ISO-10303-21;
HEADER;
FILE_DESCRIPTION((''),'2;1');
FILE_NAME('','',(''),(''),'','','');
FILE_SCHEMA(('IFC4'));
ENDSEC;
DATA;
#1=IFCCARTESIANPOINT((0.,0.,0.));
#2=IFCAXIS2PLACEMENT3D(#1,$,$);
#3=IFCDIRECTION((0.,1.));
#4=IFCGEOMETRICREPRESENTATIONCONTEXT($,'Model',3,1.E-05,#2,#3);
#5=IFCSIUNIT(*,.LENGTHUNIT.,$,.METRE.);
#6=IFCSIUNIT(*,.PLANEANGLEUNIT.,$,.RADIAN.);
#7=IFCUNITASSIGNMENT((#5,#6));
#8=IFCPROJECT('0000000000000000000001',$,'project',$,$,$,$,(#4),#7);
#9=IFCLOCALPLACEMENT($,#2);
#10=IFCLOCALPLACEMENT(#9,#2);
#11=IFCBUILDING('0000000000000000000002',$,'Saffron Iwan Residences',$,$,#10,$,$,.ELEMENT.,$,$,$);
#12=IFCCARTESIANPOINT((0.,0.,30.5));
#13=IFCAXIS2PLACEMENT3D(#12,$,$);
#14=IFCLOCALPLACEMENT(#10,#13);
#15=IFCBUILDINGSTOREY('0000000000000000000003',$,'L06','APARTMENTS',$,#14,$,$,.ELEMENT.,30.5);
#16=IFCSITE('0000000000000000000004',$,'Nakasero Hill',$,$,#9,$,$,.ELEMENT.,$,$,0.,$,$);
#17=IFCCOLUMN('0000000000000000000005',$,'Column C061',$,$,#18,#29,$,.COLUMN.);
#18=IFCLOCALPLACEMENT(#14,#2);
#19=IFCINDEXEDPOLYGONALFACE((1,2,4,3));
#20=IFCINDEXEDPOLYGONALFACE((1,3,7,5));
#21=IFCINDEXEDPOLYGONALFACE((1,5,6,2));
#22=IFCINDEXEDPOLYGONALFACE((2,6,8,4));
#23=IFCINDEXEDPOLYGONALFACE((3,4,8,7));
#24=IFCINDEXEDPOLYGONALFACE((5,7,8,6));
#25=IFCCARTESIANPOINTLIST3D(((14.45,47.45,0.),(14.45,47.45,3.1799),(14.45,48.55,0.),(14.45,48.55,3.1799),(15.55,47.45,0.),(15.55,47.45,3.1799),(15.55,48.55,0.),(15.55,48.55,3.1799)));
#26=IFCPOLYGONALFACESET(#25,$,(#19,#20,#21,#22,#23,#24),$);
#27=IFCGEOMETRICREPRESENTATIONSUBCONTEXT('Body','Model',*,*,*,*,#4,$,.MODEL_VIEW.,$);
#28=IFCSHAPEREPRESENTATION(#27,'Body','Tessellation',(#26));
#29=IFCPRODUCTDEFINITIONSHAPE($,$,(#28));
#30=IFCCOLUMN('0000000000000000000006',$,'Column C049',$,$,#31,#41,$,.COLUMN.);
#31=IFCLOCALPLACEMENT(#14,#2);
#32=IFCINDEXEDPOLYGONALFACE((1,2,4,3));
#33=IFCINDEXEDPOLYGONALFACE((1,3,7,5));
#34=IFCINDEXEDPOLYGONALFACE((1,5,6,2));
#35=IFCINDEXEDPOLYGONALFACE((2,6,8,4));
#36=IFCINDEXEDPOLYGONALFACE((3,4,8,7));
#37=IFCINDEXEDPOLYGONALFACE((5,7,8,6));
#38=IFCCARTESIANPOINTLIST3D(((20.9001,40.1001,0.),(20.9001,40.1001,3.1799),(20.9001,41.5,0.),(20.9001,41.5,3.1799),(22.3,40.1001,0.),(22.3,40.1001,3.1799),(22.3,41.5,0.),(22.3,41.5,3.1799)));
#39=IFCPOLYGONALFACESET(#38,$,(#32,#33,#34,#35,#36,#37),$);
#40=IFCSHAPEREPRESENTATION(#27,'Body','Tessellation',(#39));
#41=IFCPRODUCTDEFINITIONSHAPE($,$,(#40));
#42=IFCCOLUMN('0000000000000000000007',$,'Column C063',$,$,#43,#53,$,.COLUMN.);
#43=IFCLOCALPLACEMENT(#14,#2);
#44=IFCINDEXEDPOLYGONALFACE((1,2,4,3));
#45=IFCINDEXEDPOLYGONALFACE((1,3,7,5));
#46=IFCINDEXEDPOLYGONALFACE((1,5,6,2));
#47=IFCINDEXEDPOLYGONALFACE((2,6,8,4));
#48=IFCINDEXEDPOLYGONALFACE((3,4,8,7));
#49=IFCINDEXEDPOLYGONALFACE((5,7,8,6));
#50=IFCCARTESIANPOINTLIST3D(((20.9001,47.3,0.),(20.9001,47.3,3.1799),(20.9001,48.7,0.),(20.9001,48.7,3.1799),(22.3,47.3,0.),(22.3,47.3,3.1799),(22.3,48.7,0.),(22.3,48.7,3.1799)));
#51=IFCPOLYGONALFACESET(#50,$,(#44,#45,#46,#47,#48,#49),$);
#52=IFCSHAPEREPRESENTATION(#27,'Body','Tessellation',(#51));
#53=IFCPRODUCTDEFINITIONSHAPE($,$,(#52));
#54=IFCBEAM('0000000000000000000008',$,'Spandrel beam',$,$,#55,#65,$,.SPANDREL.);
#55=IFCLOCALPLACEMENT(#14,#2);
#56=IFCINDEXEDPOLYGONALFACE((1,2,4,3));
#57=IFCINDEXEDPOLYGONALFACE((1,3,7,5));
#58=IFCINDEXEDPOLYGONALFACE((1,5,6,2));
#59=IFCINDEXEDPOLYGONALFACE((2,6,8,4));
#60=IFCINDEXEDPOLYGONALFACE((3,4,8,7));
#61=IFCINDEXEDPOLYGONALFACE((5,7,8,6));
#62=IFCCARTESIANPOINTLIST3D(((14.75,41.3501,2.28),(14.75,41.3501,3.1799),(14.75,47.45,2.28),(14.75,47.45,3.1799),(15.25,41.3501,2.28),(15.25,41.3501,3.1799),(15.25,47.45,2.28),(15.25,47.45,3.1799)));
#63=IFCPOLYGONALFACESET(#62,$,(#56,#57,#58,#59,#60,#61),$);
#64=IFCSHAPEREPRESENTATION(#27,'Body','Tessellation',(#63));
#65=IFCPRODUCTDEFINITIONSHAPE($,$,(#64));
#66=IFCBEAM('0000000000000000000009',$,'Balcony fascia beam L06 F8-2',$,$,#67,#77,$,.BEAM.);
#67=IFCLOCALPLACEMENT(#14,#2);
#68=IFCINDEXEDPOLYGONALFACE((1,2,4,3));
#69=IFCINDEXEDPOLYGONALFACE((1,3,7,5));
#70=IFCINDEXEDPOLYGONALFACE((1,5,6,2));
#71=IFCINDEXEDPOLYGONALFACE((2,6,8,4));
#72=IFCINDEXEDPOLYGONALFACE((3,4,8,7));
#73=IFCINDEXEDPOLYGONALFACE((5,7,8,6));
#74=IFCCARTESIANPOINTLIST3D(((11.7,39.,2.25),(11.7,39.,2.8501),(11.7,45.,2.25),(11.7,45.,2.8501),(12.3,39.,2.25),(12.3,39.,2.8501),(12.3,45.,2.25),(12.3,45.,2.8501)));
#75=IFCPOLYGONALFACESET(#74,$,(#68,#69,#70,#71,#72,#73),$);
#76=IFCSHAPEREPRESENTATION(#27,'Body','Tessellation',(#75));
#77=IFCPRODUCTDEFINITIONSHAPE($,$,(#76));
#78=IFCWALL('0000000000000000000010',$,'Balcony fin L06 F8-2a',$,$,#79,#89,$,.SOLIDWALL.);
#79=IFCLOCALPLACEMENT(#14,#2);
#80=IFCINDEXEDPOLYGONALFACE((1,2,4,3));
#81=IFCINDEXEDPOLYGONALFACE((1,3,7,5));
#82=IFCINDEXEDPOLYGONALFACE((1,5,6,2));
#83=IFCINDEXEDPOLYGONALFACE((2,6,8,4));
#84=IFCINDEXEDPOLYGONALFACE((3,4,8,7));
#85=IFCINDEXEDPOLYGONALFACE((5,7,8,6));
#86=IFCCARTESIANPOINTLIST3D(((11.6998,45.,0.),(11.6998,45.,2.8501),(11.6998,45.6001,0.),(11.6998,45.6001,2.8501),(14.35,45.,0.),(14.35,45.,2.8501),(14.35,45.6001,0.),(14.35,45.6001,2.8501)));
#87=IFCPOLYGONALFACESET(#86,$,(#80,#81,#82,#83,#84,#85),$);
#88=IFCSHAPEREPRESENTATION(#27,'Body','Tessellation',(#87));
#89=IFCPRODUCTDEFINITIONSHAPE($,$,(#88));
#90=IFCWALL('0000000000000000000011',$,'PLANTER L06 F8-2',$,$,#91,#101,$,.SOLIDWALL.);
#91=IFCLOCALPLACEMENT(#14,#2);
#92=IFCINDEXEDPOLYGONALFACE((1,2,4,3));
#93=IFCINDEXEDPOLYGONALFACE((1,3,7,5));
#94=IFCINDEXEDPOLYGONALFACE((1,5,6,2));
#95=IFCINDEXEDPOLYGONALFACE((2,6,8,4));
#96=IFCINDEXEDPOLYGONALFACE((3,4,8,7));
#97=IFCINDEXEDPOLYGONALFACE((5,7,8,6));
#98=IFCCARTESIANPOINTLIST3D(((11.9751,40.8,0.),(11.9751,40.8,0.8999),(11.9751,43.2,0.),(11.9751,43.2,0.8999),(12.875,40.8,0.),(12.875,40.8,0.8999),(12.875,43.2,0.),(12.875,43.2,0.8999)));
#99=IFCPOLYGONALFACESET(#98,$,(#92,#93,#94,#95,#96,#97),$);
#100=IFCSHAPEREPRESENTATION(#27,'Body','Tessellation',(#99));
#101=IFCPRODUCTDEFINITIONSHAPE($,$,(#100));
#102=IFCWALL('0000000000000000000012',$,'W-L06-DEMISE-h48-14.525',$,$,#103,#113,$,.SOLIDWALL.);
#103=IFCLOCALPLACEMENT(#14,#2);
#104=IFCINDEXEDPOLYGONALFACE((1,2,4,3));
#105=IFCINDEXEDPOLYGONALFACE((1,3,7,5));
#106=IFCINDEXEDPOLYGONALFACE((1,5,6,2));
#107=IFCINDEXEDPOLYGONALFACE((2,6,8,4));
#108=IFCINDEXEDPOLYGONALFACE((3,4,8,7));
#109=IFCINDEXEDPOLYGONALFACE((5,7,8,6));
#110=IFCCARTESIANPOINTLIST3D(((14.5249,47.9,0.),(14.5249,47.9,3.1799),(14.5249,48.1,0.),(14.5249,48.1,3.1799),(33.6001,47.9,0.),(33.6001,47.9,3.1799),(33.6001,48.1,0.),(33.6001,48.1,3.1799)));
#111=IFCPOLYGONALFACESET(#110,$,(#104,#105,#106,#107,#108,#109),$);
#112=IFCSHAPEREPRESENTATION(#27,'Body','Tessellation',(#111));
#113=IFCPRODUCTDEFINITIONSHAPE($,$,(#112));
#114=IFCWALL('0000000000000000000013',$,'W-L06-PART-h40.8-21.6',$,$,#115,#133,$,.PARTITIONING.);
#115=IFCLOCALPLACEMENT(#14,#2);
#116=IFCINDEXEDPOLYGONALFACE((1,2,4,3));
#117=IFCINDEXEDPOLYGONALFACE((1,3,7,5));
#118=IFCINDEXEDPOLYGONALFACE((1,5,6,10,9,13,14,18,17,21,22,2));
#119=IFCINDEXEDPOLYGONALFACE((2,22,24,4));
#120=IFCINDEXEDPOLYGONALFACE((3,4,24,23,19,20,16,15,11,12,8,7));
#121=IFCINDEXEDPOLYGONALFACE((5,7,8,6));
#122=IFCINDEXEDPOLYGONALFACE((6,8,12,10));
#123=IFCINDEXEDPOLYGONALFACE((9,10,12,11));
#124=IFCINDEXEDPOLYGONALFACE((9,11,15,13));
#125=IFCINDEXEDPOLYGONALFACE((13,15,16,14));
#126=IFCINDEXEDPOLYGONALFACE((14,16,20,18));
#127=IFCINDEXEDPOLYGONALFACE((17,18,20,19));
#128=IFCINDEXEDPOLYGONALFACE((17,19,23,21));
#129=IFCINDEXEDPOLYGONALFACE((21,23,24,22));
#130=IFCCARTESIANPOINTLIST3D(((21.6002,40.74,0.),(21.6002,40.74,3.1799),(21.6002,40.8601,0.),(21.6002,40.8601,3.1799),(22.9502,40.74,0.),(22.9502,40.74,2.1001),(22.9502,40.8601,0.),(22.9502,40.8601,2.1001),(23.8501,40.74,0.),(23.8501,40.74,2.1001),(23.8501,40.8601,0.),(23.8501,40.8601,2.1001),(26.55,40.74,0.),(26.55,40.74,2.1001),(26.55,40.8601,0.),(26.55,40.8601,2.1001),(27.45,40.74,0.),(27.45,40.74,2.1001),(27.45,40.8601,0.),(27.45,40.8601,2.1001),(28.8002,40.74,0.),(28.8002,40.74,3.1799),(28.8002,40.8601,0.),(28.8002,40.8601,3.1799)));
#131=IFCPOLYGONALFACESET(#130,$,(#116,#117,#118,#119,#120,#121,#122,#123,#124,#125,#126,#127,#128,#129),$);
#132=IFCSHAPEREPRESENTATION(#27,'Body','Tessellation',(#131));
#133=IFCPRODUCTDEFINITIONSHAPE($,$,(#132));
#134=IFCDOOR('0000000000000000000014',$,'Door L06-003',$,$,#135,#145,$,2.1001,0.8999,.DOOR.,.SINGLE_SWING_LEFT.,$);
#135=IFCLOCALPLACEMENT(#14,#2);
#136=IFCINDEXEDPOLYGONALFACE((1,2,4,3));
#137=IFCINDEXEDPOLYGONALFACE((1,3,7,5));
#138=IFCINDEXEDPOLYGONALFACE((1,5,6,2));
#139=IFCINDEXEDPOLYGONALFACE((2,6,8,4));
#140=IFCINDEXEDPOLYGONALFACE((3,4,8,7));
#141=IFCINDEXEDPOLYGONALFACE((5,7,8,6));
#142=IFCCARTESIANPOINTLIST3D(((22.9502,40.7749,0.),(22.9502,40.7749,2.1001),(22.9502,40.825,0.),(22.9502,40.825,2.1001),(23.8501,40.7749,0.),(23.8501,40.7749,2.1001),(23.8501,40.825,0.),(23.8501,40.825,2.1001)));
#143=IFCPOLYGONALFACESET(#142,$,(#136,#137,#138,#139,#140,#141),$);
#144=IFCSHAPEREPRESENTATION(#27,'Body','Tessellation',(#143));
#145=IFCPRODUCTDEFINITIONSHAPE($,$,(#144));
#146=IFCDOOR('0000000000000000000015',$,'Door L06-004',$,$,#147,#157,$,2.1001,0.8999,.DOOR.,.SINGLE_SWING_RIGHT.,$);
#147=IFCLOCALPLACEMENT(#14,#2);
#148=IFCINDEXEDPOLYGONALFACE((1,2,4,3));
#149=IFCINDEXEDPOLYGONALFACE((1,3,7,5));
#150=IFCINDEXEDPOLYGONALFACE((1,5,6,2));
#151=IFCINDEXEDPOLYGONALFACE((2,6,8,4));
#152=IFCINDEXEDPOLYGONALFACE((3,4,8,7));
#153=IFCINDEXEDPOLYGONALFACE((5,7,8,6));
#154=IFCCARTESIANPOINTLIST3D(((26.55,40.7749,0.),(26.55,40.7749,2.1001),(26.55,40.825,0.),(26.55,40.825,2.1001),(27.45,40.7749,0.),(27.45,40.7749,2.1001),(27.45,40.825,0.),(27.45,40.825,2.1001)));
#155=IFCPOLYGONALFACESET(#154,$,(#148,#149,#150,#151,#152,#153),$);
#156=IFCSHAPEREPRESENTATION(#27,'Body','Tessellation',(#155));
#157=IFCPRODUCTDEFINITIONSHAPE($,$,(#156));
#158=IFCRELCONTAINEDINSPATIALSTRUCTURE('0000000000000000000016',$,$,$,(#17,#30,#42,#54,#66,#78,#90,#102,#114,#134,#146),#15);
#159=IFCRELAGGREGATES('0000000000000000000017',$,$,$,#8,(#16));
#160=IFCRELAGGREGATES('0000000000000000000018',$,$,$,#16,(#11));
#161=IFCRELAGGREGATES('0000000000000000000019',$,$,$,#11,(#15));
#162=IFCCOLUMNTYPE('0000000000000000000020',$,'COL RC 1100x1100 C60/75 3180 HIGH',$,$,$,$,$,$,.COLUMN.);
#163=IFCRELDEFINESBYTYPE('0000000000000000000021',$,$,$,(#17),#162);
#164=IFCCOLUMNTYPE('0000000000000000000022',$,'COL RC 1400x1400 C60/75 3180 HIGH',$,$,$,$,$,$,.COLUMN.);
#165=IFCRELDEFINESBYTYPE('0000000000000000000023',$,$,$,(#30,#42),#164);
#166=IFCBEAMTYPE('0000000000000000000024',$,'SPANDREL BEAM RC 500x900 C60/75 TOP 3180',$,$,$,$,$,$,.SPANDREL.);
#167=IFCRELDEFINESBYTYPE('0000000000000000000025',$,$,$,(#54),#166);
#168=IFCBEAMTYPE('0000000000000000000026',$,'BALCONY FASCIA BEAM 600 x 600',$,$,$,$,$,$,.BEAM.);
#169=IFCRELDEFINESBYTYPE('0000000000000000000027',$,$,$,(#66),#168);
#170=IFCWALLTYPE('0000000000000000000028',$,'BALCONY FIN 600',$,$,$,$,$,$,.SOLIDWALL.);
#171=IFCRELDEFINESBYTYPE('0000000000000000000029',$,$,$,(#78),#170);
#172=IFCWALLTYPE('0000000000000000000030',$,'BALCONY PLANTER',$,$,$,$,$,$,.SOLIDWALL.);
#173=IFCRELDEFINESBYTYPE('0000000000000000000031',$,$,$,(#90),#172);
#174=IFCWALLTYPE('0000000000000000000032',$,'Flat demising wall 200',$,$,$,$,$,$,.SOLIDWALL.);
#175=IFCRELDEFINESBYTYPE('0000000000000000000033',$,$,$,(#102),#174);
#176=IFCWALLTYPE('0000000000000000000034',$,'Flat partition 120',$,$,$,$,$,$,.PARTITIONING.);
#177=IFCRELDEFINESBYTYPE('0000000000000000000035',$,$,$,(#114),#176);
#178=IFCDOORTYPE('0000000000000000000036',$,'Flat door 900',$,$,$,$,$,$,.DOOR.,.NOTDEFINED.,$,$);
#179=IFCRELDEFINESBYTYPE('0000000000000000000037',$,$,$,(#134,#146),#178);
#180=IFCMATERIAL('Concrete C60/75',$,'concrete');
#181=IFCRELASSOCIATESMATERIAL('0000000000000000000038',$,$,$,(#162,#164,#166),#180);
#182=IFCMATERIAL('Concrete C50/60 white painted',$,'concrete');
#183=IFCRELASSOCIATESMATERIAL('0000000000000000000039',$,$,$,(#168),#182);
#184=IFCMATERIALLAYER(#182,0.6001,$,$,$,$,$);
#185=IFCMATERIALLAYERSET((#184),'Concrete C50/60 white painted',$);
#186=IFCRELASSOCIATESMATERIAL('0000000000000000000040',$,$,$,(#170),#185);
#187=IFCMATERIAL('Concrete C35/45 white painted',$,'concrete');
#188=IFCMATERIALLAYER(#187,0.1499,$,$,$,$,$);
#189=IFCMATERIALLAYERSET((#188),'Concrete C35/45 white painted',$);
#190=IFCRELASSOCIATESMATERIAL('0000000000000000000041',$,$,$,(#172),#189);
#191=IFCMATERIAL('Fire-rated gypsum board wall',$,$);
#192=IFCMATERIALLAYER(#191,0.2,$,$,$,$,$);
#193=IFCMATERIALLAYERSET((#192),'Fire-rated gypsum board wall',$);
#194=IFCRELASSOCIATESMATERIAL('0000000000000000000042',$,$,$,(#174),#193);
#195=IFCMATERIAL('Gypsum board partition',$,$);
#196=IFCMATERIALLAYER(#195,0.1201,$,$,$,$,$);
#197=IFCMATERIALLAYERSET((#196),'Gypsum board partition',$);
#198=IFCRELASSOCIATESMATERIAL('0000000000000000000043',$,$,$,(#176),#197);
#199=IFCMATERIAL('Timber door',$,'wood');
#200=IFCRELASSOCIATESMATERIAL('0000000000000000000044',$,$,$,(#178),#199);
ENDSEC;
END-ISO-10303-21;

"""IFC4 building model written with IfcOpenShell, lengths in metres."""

from ifc_helpers import new_model, si_unit, direction, frame, frame_2d, origin, origin_2d, place, context, subcontext, project, spatial, rectangle, extrude, source, transform, mapped, material, layer, layer_set, material_profile, profile_set, type_object, element, fill, save


model = new_model("IFC4")

# Units and contexts
model_context = context("Model", 3, precision=1e-05, world=origin(), true_north=direction((0.0, 1.0)))
body_context = subcontext(model_context, "Body", "Model", "MODEL_VIEW")
ifc_project = project(units=[si_unit("LENGTHUNIT", "METRE"), si_unit("PLANEANGLEUNIT", "RADIAN")], contexts=[model_context])

# Site, building, storey
site_placement = place(None, origin())
site = spatial("IfcSite", under=ifc_project, at=site_placement, Name="Nakasero Hill", CompositionType="ELEMENT", RefElevation=0.0)
building_placement = place(site_placement, origin())
building = spatial("IfcBuilding", under=site, at=building_placement, Name="Saffron Iwan Residences", CompositionType="ELEMENT")
storey_placement = place(building_placement, frame((0.0, 0.0, 30.5)))
storey = spatial("IfcBuildingStorey", under=building, at=storey_placement, Name="L06", Description="APARTMENTS", CompositionType="ELEMENT", Elevation=30.5)

# Columns
ifc_material_1 = material(Name="Concrete C60/75", Category="concrete")
ifc_material_profile_1 = material_profile(ifc_material_1, rectangle(XDim=1.1001, YDim=1.1001, at=origin_2d()), Name="RC 1100x1100")
ifc_profile_set_1 = profile_set([ifc_material_profile_1], Name="Concrete C60/75")
column_type_1 = type_object("IfcColumnType", Name="COL RC 1100x1100 C60/75 3180 HIGH", PredefinedType="COLUMN", material=ifc_profile_set_1)
shared_shape_1 = source(origin(), body_context, "Body", "SweptSolid", [
    extrude(rectangle(XDim=1.1001, YDim=1.1001, at=origin_2d()), origin(), (0.0, 0.0, 1.0), 3.1799),
])
column_placement = place(storey_placement, frame((15.0, 48.0, 0.0), z_axis=(0.0, 0.0, 1.0), x_axis=(1.0, 0.0, 0.0)))
element("IfcColumn", 1, at=column_placement, inside=storey, type_object=column_type_1, Name="Column C061", PredefinedType="COLUMN", context=body_context, shape_type="MappedRepresentation", body=[
    mapped(shared_shape_1, transform((0.0, 0.0, 0.0))),
])
ifc_material_profile_2 = material_profile(ifc_material_1, rectangle(XDim=1.3999, YDim=1.3999, at=origin_2d()), Name="RC 1400x1400")
ifc_profile_set_2 = profile_set([ifc_material_profile_2], Name="Concrete C60/75")
column_type_2 = type_object("IfcColumnType", Name="COL RC 1400x1400 C60/75 3180 HIGH", PredefinedType="COLUMN", material=ifc_profile_set_2)
shared_shape_2 = source(origin(), body_context, "Body", "SweptSolid", [
    extrude(rectangle(XDim=1.3999, YDim=1.3999, at=origin_2d()), origin(), (0.0, 0.0, 1.0), 3.1799),
])
for number, where, z_axis, x_axis, name in (
    (2, (21.6001, 40.8, 0.0), (0.0, 0.0, 1.0), (1.0, 0.0, 0.0), "Column C049"),
    (3, (21.6001, 48.0, 0.0), (0.0, 0.0, 1.0), (1.0, 0.0, 0.0), "Column C063"),
):
    element("IfcColumn", number, at=place(storey_placement, frame(where, z_axis=z_axis, x_axis=x_axis)), inside=storey, type_object=column_type_2, Name=name, PredefinedType="COLUMN", context=body_context, shape_type="MappedRepresentation", body=[
        mapped(shared_shape_2, transform((0.0, 0.0, 0.0))),
    ])

# Beams
ifc_material_profile_3 = material_profile(ifc_material_1, rectangle(XDim=0.5, YDim=0.8999, at=origin_2d()), Name="RC 500x900")
ifc_profile_set_3 = profile_set([ifc_material_profile_3], Name="Concrete C60/75")
beam_type_1 = type_object("IfcBeamType", Name="SPANDREL BEAM RC 500x900 C60/75 TOP 3180", PredefinedType="SPANDREL", material=ifc_profile_set_3)
shared_shape_3 = source(origin(), body_context, "Body", "SweptSolid", [
    extrude(rectangle(XDim=0.5, YDim=0.8999, at=origin_2d()), origin(), (0.0, 0.0, 1.0), 6.0999),
])
beam_1_placement = place(storey_placement, frame((15.0, 41.3501, 2.73), z_axis=(0.0, 1.0, 0.0), x_axis=(-1.0, 0.0, 0.0)))
element("IfcBeam", 4, at=beam_1_placement, inside=storey, type_object=beam_type_1, Name="Spandrel beam", PredefinedType="SPANDREL", context=body_context, shape_type="MappedRepresentation", body=[
    mapped(shared_shape_3, transform((0.0, 0.0, 0.0))),
])
ifc_material_2 = material(Name="Concrete C50/60 white painted", Category="concrete")
ifc_material_profile_4 = material_profile(ifc_material_2, rectangle(XDim=0.6001, YDim=0.6001, at=origin_2d()), Name="BALCONY FASCIA BEAM 600 x 600")
ifc_profile_set_4 = profile_set([ifc_material_profile_4], Name="Concrete C50/60 white painted")
beam_type_2 = type_object("IfcBeamType", Name="BALCONY FASCIA BEAM 600 x 600", PredefinedType="BEAM", material=ifc_profile_set_4)
shared_shape_4 = source(origin(), body_context, "Body", "SweptSolid", [
    extrude(rectangle(XDim=0.6001, YDim=0.6001, at=origin_2d()), origin(), (0.0, 0.0, 1.0), 6.0),
])
beam_2_placement = place(storey_placement, frame((12.0, 45.0, 2.55), z_axis=(0.0, -1.0, 0.0), x_axis=(1.0, 0.0, 0.0)))
element("IfcBeam", 5, at=beam_2_placement, inside=storey, type_object=beam_type_2, Name="Balcony fascia beam L06 F8-2", PredefinedType="BEAM", context=body_context, shape_type="MappedRepresentation", body=[
    mapped(shared_shape_4, transform((0.0, 0.0, 0.0))),
])

# Walls
ifc_layer_1 = layer(ifc_material_2, 0.6001)
ifc_layer_set_1 = layer_set([ifc_layer_1], Name="Concrete C50/60 white painted")
wall_type_1 = type_object("IfcWallType", Name="BALCONY FIN 600", PredefinedType="SOLIDWALL", material=ifc_layer_set_1)
wall_1_placement = place(storey_placement, frame((14.3501, 45.3, 0.0), z_axis=(0.0, 0.0, 1.0), x_axis=(-1.0, 0.0, 0.0)))
element("IfcWall", 6, at=wall_1_placement, inside=storey, type_object=wall_type_1, Name="Balcony fin L06 F8-2a", PredefinedType="SOLIDWALL", context=body_context, shape_type="SweptSolid", body=[
    extrude(rectangle(XDim=2.6501, YDim=0.6001, at=frame_2d((1.3252, 0.0))), origin(), (0.0, 0.0, 1.0), 2.8501),
])
ifc_material_3 = material(Name="Concrete C35/45 white painted", Category="concrete")
ifc_layer_2 = layer(ifc_material_3, 0.1499)
ifc_layer_set_2 = layer_set([ifc_layer_2], Name="Concrete C35/45 white painted")
wall_type_2 = type_object("IfcWallType", Name="BALCONY PLANTER", PredefinedType="SOLIDWALL", material=ifc_layer_set_2)
wall_2_placement = place(storey_placement, frame((12.425, 43.2, 0.0), z_axis=(0.0, 0.0, 1.0), x_axis=(0.0, -1.0, 0.0)))
element("IfcWall", 7, at=wall_2_placement, inside=storey, type_object=wall_type_2, Name="PLANTER L06 F8-2", PredefinedType="SOLIDWALL", context=body_context, shape_type="SweptSolid", body=[
    extrude(rectangle(XDim=2.3999, YDim=0.8999, at=frame_2d((1.2, 0.0))), origin(), (0.0, 0.0, 1.0), 0.8999),
])

# Wall
ifc_material_4 = material(Name="Fire-rated gypsum board wall")
ifc_layer_3 = layer(ifc_material_4, 0.2)
ifc_layer_set_3 = layer_set([ifc_layer_3], Name="Fire-rated gypsum board wall")
wall_type_3 = type_object("IfcWallType", Name="Flat demising wall 200", PredefinedType="SOLIDWALL", material=ifc_layer_set_3)
wall_3_placement = place(storey_placement, frame((14.5249, 48.0, 0.0), z_axis=(0.0, 0.0, 1.0), x_axis=(1.0, 0.0, 0.0)))
element("IfcWall", 8, at=wall_3_placement, inside=storey, type_object=wall_type_3, Name="W-L06-DEMISE-h48-14.525", PredefinedType="SOLIDWALL", context=body_context, shape_type="SweptSolid", body=[
    extrude(rectangle(XDim=19.0752, YDim=0.2, at=frame_2d((9.5376, 0.0))), origin(), (0.0, 0.0, 1.0), 3.1799),
])

# Wall, openings, doors
ifc_material_5 = material(Name="Gypsum board partition")
ifc_layer_4 = layer(ifc_material_5, 0.1201)
ifc_layer_set_4 = layer_set([ifc_layer_4], Name="Gypsum board partition")
wall_type_4 = type_object("IfcWallType", Name="Flat partition 120", PredefinedType="PARTITIONING", material=ifc_layer_set_4)
wall_4_placement = place(storey_placement, frame((21.6001, 40.8, 0.0), z_axis=(0.0, 0.0, 1.0), x_axis=(1.0, 0.0, 0.0)))
wall_4 = element("IfcWall", 9, at=wall_4_placement, inside=storey, type_object=wall_type_4, Name="W-L06-PART-h40.8-21.6", PredefinedType="PARTITIONING", context=body_context, shape_type="SweptSolid", body=[
    extrude(rectangle(XDim=7.2, YDim=0.1201, at=frame_2d((3.6001, 0.0))), origin(), (0.0, 0.0, 1.0), 3.1799),
])
opening_1_placement = place(wall_4_placement, frame((1.3501, 0.0, 0.0)))
opening_1 = element("IfcOpeningElement", 10, at=opening_1_placement, cuts=wall_4, PredefinedType="OPENING", context=body_context, shape_type="SweptSolid", body=[
    extrude(rectangle(XDim=0.8999, YDim=2.1001, at=frame_2d((0.45, 1.05))), frame((0.0, 0.0701, 0.0), z_axis=(0.0, -1.0, 0.0), x_axis=(1.0, 0.0, 0.0)), (0.0, 0.0, 1.0), 0.1401),
])
opening_2_placement = place(wall_4_placement, frame((4.95, 0.0, 0.0)))
opening_2 = element("IfcOpeningElement", 11, at=opening_2_placement, cuts=wall_4, PredefinedType="OPENING", context=body_context, shape_type="SweptSolid", body=[
    extrude(rectangle(XDim=0.8999, YDim=2.1001, at=frame_2d((0.45, 1.05))), frame((0.0, 0.0701, 0.0), z_axis=(0.0, -1.0, 0.0), x_axis=(1.0, 0.0, 0.0)), (0.0, 0.0, 1.0), 0.1401),
])
ifc_material_6 = material(Name="Timber door", Category="wood")
door_type_1 = type_object("IfcDoorType", Name="Flat door 900", OperationType="NOTDEFINED", PredefinedType="DOOR", material=ifc_material_6)
door_1_placement = place(opening_1_placement, origin())
door_1 = element("IfcDoor", 12, at=door_1_placement, inside=storey, type_object=door_type_1, Name="Door L06-003", OperationType="SINGLE_SWING_LEFT", OverallHeight=2.1001, OverallWidth=0.8999, PredefinedType="DOOR", context=body_context, shape_type="SweptSolid", body=[
    extrude(rectangle(XDim=0.8999, YDim=2.1001, at=frame_2d((0.45, 1.05))), frame((0.0, 0.0249, 0.0), z_axis=(0.0, -1.0, 0.0), x_axis=(1.0, 0.0, 0.0)), (0.0, 0.0, 1.0), 0.05),
])
fill(opening_1, door_1)
door_2_placement = place(opening_2_placement, origin())
door_2 = element("IfcDoor", 13, at=door_2_placement, inside=storey, type_object=door_type_1, Name="Door L06-004", OperationType="SINGLE_SWING_RIGHT", OverallHeight=2.1001, OverallWidth=0.8999, PredefinedType="DOOR", context=body_context, shape_type="SweptSolid", body=[
    extrude(rectangle(XDim=0.8999, YDim=2.1001, at=frame_2d((0.45, 1.05))), frame((0.0, 0.0249, 0.0), z_axis=(0.0, -1.0, 0.0), x_axis=(1.0, 0.0, 0.0)), (0.0, 0.0, 1.0), 0.05),
])
fill(opening_2, door_2)

save(model, "model.ifc")
